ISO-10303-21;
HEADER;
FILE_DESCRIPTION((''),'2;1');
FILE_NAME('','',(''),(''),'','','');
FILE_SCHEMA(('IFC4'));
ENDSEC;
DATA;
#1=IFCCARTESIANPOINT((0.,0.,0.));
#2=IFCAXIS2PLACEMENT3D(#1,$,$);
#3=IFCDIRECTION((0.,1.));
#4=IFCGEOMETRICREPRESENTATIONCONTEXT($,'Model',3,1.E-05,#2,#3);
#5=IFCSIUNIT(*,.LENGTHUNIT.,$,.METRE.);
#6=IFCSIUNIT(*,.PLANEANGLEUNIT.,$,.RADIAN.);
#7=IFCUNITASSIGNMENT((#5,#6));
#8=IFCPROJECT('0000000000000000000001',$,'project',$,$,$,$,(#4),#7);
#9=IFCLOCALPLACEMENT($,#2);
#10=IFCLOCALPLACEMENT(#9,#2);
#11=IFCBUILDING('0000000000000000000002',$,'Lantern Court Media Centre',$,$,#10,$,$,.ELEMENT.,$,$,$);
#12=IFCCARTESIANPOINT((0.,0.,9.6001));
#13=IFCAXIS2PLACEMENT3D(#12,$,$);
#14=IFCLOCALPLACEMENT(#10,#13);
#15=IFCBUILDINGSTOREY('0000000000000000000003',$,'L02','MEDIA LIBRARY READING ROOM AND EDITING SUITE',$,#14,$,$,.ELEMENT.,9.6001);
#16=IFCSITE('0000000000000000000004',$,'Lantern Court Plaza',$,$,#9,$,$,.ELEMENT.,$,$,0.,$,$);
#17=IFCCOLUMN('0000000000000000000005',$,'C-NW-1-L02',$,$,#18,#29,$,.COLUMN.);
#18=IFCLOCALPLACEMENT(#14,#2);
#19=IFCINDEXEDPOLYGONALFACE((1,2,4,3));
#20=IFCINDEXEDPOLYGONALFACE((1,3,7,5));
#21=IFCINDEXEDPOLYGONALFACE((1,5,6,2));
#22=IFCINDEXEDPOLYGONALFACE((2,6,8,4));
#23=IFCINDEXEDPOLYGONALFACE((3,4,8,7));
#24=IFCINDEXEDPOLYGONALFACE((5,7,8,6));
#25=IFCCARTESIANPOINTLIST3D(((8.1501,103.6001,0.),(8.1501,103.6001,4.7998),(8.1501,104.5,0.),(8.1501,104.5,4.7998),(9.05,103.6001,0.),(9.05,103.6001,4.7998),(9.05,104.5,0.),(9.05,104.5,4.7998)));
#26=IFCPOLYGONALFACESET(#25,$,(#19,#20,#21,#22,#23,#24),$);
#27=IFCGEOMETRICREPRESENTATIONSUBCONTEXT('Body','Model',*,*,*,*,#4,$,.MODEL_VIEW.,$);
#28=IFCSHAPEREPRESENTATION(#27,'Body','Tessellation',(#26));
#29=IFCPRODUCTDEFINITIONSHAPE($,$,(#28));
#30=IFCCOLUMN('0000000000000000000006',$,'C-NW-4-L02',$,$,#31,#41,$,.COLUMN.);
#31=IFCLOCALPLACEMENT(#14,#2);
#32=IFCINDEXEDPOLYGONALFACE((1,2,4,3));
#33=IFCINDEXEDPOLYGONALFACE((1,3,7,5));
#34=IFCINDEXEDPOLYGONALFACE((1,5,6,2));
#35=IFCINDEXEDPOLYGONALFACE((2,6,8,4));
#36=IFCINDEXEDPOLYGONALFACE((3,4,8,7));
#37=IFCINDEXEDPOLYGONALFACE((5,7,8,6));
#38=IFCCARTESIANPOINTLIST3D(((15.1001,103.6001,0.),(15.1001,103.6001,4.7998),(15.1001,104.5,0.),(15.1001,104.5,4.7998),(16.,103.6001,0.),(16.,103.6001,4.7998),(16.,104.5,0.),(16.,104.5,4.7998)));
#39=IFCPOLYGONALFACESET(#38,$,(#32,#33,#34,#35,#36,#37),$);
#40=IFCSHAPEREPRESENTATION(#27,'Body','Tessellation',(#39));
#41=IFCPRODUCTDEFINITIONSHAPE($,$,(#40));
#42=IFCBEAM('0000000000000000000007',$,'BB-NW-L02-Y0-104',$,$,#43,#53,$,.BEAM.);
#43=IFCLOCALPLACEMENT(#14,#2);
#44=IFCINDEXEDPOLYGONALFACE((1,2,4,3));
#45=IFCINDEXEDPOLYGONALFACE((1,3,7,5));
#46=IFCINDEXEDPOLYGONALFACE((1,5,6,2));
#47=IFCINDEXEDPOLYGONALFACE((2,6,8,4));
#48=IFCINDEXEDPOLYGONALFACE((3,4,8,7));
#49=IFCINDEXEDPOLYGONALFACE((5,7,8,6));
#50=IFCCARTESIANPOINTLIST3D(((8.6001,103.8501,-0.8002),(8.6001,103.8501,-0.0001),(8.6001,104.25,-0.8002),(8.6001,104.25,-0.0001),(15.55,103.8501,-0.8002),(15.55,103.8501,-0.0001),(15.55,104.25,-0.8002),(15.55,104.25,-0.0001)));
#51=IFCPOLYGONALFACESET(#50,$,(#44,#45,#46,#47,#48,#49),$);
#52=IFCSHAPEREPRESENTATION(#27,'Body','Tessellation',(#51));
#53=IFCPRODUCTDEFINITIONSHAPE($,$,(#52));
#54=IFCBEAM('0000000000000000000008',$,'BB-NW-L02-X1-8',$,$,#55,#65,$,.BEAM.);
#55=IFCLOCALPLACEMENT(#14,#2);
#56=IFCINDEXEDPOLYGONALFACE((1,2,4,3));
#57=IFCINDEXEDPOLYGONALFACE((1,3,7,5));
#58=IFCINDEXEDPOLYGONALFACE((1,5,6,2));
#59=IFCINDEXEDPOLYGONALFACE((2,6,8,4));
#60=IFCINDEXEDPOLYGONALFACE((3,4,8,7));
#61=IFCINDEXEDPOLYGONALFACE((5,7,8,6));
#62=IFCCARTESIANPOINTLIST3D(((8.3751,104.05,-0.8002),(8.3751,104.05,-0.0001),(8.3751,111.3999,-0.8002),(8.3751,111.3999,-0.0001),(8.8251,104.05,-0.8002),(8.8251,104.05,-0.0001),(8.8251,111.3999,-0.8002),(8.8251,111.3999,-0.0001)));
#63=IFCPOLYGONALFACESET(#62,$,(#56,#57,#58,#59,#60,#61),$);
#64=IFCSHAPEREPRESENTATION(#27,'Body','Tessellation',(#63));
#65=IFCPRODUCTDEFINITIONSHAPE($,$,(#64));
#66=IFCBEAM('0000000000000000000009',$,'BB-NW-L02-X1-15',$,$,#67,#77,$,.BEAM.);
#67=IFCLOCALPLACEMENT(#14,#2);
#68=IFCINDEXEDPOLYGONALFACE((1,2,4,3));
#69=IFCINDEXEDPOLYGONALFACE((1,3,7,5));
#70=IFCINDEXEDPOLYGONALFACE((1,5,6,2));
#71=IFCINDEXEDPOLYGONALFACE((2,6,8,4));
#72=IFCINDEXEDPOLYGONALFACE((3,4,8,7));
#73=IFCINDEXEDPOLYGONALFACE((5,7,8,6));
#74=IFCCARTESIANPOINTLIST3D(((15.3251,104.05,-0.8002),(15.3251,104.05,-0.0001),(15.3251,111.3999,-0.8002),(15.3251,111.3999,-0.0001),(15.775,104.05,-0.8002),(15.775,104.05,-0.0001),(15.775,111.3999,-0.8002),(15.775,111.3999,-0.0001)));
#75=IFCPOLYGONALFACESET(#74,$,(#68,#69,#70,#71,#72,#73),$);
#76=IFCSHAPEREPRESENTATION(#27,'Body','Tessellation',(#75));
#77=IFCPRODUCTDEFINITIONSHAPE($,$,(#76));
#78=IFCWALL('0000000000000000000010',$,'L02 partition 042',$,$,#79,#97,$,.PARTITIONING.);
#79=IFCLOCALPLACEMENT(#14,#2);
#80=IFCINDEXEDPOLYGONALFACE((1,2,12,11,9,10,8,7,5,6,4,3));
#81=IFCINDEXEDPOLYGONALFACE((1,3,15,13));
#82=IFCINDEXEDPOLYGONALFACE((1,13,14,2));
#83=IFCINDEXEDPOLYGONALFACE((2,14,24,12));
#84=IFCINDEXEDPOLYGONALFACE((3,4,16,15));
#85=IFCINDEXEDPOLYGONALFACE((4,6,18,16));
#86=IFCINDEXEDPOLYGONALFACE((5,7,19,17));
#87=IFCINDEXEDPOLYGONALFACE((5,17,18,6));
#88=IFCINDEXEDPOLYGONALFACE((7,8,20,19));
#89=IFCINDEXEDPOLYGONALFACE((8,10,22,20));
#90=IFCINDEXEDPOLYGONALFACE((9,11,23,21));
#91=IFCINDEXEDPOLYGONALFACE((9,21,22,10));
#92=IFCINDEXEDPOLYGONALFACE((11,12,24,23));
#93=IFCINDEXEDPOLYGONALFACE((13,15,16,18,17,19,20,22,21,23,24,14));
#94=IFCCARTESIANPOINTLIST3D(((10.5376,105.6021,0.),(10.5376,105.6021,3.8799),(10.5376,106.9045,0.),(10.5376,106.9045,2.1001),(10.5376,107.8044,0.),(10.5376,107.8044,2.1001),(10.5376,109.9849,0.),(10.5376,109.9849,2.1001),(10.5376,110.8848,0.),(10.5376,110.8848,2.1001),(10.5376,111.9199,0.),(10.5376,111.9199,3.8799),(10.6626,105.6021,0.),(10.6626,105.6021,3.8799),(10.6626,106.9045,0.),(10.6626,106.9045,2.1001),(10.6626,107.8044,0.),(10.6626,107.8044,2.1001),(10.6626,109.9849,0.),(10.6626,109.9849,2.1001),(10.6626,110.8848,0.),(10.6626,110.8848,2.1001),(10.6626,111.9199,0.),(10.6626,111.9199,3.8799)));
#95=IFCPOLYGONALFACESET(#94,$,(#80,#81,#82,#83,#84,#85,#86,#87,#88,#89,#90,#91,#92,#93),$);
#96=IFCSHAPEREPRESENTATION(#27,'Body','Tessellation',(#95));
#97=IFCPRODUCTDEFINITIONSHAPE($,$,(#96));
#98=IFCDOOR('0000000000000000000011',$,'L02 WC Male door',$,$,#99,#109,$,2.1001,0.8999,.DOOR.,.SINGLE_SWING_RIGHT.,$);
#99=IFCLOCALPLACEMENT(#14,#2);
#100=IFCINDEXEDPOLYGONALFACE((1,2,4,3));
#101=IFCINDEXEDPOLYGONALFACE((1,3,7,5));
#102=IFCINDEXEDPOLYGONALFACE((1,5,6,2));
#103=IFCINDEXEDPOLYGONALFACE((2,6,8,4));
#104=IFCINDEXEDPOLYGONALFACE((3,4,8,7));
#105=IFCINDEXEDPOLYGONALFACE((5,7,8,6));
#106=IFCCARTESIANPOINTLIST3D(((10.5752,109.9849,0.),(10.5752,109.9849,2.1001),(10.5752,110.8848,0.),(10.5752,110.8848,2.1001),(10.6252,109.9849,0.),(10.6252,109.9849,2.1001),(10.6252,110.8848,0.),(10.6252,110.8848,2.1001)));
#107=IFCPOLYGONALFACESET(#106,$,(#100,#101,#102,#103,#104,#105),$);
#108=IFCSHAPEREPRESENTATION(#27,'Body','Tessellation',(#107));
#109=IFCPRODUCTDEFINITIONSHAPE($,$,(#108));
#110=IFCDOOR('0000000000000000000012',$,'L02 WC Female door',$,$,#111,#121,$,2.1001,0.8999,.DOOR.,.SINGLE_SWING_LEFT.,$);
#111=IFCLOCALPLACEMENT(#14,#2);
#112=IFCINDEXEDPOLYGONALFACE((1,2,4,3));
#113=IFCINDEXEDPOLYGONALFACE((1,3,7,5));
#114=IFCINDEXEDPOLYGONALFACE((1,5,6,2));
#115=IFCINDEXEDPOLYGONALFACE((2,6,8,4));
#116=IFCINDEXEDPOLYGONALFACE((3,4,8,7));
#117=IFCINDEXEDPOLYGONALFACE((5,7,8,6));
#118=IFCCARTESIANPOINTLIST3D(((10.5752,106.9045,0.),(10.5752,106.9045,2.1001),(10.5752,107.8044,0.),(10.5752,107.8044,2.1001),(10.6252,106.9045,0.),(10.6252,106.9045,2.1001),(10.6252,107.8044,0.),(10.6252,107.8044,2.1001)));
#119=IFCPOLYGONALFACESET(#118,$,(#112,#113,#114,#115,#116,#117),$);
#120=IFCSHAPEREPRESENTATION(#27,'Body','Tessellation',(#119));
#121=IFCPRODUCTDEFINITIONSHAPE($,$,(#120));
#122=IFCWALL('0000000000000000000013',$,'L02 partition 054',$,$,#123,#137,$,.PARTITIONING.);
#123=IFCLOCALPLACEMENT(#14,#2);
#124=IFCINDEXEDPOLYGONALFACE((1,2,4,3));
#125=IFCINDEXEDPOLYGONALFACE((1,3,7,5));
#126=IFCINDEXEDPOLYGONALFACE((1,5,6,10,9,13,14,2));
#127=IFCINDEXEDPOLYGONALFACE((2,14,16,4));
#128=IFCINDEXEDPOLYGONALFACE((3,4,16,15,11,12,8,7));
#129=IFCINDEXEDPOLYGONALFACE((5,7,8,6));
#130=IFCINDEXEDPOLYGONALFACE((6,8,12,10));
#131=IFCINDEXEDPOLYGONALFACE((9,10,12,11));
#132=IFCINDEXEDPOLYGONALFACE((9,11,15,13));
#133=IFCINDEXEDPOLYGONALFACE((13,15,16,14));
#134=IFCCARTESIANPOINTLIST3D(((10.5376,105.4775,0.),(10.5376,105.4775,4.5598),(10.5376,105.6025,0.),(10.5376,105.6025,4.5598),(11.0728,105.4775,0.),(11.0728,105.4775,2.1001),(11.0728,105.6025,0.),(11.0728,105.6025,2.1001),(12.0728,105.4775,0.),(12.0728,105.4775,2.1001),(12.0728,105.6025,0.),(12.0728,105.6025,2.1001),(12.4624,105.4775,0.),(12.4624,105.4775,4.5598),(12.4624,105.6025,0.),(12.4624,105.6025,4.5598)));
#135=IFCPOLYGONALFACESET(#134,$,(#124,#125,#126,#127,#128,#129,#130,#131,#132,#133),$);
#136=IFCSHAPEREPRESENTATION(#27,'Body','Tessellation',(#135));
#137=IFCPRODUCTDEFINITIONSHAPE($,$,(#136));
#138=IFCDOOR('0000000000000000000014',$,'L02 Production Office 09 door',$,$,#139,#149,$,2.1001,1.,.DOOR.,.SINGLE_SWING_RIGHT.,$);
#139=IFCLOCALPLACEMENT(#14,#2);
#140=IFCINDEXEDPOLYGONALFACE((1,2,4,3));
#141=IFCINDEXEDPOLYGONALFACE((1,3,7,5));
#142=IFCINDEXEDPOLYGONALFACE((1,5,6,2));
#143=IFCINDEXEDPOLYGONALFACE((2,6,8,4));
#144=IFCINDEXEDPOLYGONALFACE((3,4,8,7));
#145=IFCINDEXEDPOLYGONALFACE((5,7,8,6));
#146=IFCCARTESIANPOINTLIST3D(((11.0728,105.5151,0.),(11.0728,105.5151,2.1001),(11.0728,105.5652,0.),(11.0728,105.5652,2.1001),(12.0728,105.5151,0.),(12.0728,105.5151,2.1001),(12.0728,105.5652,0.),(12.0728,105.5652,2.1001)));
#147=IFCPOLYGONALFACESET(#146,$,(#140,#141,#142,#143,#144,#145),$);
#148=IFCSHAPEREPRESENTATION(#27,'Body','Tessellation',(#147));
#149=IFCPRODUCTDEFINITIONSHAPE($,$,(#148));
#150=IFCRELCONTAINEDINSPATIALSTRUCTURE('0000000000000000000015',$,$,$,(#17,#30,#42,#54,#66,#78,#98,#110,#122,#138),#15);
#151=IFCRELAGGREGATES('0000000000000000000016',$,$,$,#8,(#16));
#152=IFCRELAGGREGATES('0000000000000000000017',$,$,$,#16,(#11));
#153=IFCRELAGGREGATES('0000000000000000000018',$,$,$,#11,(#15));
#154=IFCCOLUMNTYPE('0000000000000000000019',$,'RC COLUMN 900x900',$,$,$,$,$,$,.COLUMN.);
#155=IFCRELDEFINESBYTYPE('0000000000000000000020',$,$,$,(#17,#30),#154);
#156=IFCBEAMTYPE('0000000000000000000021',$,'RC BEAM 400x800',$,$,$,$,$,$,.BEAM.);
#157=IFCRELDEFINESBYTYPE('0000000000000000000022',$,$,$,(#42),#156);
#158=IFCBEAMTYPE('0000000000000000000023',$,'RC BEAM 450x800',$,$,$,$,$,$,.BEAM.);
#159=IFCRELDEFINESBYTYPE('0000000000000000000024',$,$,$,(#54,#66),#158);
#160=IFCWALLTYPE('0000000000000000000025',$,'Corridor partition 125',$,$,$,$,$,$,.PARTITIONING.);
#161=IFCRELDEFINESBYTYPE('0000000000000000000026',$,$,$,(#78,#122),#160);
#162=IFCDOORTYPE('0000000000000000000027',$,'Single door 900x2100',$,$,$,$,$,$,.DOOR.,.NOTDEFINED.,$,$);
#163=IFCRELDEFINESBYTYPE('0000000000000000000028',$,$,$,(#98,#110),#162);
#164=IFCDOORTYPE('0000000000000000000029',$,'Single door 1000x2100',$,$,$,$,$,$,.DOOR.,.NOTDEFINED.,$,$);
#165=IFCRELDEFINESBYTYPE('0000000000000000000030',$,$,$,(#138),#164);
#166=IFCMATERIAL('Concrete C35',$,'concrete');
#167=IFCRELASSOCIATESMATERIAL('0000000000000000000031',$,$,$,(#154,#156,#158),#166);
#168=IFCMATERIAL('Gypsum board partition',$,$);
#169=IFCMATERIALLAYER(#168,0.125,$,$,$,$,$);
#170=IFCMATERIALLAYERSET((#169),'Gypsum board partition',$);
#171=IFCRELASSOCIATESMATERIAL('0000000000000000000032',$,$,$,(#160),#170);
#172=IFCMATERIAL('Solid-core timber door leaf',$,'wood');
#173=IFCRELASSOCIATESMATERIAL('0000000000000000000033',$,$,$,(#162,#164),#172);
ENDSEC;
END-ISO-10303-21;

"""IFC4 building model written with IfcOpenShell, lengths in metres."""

from ifc_helpers import new_model, si_unit, direction, frame, frame_2d, origin, origin_2d, place, context, subcontext, project, spatial, rectangle, extrude, material, layer, layer_set, material_profile, profile_set, type_object, element, fill, save


model = new_model("IFC4")

# Units and contexts
model_context = context("Model", 3, precision=1e-05, world=origin(), true_north=direction((0.0, 1.0)))
body_context = subcontext(model_context, "Body", "Model", "MODEL_VIEW")
ifc_project = project(units=[si_unit("LENGTHUNIT", "METRE"), si_unit("PLANEANGLEUNIT", "RADIAN")], contexts=[model_context])

# Site, building, storey
site_placement = place(None, origin())
site = spatial("IfcSite", under=ifc_project, at=site_placement, Name="Lantern Court Plaza", CompositionType="ELEMENT", RefElevation=0.0)
building_placement = place(site_placement, origin())
building = spatial("IfcBuilding", under=site, at=building_placement, Name="Lantern Court Media Centre", CompositionType="ELEMENT")
storey_placement = place(building_placement, frame((0.0, 0.0, 9.6001)))
storey = spatial("IfcBuildingStorey", under=building, at=storey_placement, Name="L02", Description="MEDIA LIBRARY READING ROOM AND EDITING SUITE", CompositionType="ELEMENT", Elevation=9.6001)

# Columns
ifc_material_1 = material(Name="Concrete C35", Category="concrete")
ifc_material_profile_1 = material_profile(ifc_material_1, rectangle(XDim=0.8999, YDim=0.8999, at=origin_2d()), Name="RC 900x900")
ifc_profile_set_1 = profile_set([ifc_material_profile_1], Name="Concrete C35")
column_type = type_object("IfcColumnType", Name="RC COLUMN 900x900", PredefinedType="COLUMN", material=ifc_profile_set_1)
for number, where, z_axis, x_axis, name in (
    (1, (8.6001, 104.05, 0.0), (0.0, 0.0, 1.0), (1.0, 0.0, 0.0), "C-NW-1-L02"),
    (2, (15.55, 104.05, 0.0), (0.0, 0.0, 1.0), (1.0, 0.0, 0.0), "C-NW-4-L02"),
):
    element("IfcColumn", number, at=place(storey_placement, frame(where, z_axis=z_axis, x_axis=x_axis)), inside=storey, type_object=column_type, Name=name, PredefinedType="COLUMN", context=body_context, shape_type="SweptSolid", body=[
        extrude(rectangle(XDim=0.8999, YDim=0.8999, at=origin_2d()), origin(), (0.0, 0.0, 1.0), 4.7998),
    ])

# Beams
ifc_material_profile_2 = material_profile(ifc_material_1, rectangle(XDim=0.3999, YDim=0.8, at=origin_2d()), Name="RC 400x800")
ifc_profile_set_2 = profile_set([ifc_material_profile_2], Name="Concrete C35")
beam_type_1 = type_object("IfcBeamType", Name="RC BEAM 400x800", PredefinedType="BEAM", material=ifc_profile_set_2)
beam_placement = place(storey_placement, frame((8.6001, 104.05, -0.4001), z_axis=(1.0, 0.0, 0.0), x_axis=(0.0, 1.0, 0.0)))
element("IfcBeam", 3, at=beam_placement, inside=storey, type_object=beam_type_1, Name="BB-NW-L02-Y0-104", PredefinedType="BEAM", context=body_context, shape_type="SweptSolid", body=[
    extrude(rectangle(XDim=0.3999, YDim=0.8, at=origin_2d()), origin(), (0.0, 0.0, 1.0), 6.95),
])
ifc_material_profile_3 = material_profile(ifc_material_1, rectangle(XDim=0.45, YDim=0.8, at=origin_2d()), Name="RC 450x800")
ifc_profile_set_3 = profile_set([ifc_material_profile_3], Name="Concrete C35")
beam_type_2 = type_object("IfcBeamType", Name="RC BEAM 450x800", PredefinedType="BEAM", material=ifc_profile_set_3)
for number, where, z_axis, x_axis, name in (
    (4, (8.6001, 104.05, -0.4001), (0.0, 1.0, 0.0), (-1.0, 0.0, 0.0), "BB-NW-L02-X1-8"),
    (5, (15.55, 104.05, -0.4001), (0.0, 1.0, 0.0), (-1.0, 0.0, 0.0), "BB-NW-L02-X1-15"),
):
    element("IfcBeam", number, at=place(storey_placement, frame(where, z_axis=z_axis, x_axis=x_axis)), inside=storey, type_object=beam_type_2, Name=name, PredefinedType="BEAM", context=body_context, shape_type="SweptSolid", body=[
        extrude(rectangle(XDim=0.45, YDim=0.8, at=origin_2d()), origin(), (0.0, 0.0, 1.0), 7.3499),
    ])

# Wall, openings, doors
ifc_material_2 = material(Name="Gypsum board partition")
ifc_layer_1 = layer(ifc_material_2, 0.125)
ifc_layer_set_1 = layer_set([ifc_layer_1], Name="Gypsum board partition")
wall_type_1 = type_object("IfcWallType", Name="Corridor partition 125", PredefinedType="PARTITIONING", material=ifc_layer_set_1)
wall_1_placement = place(storey_placement, frame((10.6001, 105.6021, 0.0), z_axis=(0.0, 0.0, 1.0), x_axis=(0.0, 1.0, 0.0)))
wall_1 = element("IfcWall", 6, at=wall_1_placement, inside=storey, type_object=wall_type_1, Name="L02 partition 042", PredefinedType="PARTITIONING", context=body_context, shape_type="SweptSolid", body=[
    extrude(rectangle(XDim=6.3179, YDim=0.125, at=frame_2d((3.1589, 0.0))), origin(), (0.0, 0.0, 1.0), 3.8799),
])
opening_1_placement = place(wall_1_placement, frame((4.3828, 0.0, 0.0)))
opening_1 = element("IfcOpeningElement", 7, at=opening_1_placement, cuts=wall_1, PredefinedType="OPENING", context=body_context, shape_type="SweptSolid", body=[
    extrude(rectangle(XDim=0.8999, YDim=2.1001, at=frame_2d((0.45, 1.05))), frame((0.0, 0.0725, 0.0), z_axis=(0.0, -1.0, 0.0), x_axis=(1.0, 0.0, 0.0)), (0.0, 0.0, 1.0), 0.145),
])
opening_2_placement = place(wall_1_placement, frame((1.3025, 0.0, 0.0)))
opening_2 = element("IfcOpeningElement", 8, at=opening_2_placement, cuts=wall_1, PredefinedType="OPENING", context=body_context, shape_type="SweptSolid", body=[
    extrude(rectangle(XDim=0.8999, YDim=2.1001, at=frame_2d((0.45, 1.05))), frame((0.0, 0.0725, 0.0), z_axis=(0.0, -1.0, 0.0), x_axis=(1.0, 0.0, 0.0)), (0.0, 0.0, 1.0), 0.145),
])
ifc_material_3 = material(Name="Solid-core timber door leaf", Category="wood")
door_type_1 = type_object("IfcDoorType", Name="Single door 900x2100", OperationType="NOTDEFINED", PredefinedType="DOOR", material=ifc_material_3)
door_1_placement = place(opening_1_placement, origin())
door_1 = element("IfcDoor", 9, at=door_1_placement, inside=storey, type_object=door_type_1, Name="L02 WC Male door", OperationType="SINGLE_SWING_RIGHT", OverallHeight=2.1001, OverallWidth=0.8999, PredefinedType="DOOR", context=body_context, shape_type="SweptSolid", body=[
    extrude(rectangle(XDim=0.8999, YDim=2.1001, at=frame_2d((0.45, 1.05))), frame((0.0, 0.0249, 0.0), z_axis=(0.0, -1.0, 0.0), x_axis=(1.0, 0.0, 0.0)), (0.0, 0.0, 1.0), 0.05),
])
fill(opening_1, door_1)
door_2_placement = place(opening_2_placement, origin())
door_2 = element("IfcDoor", 10, at=door_2_placement, inside=storey, type_object=door_type_1, Name="L02 WC Female door", OperationType="SINGLE_SWING_LEFT", OverallHeight=2.1001, OverallWidth=0.8999, PredefinedType="DOOR", context=body_context, shape_type="SweptSolid", body=[
    extrude(rectangle(XDim=0.8999, YDim=2.1001, at=frame_2d((0.45, 1.05))), frame((0.0, 0.0249, 0.0), z_axis=(0.0, -1.0, 0.0), x_axis=(1.0, 0.0, 0.0)), (0.0, 0.0, 1.0), 0.05),
])
fill(opening_2, door_2)

# Wall, opening, door
wall_2_placement = place(storey_placement, frame((10.5376, 105.54, 0.0), z_axis=(0.0, 0.0, 1.0), x_axis=(1.0, 0.0, 0.0)))
wall_2 = element("IfcWall", 11, at=wall_2_placement, inside=storey, type_object=wall_type_1, Name="L02 partition 054", PredefinedType="PARTITIONING", context=body_context, shape_type="SweptSolid", body=[
    extrude(rectangle(XDim=1.9248, YDim=0.125, at=frame_2d((0.9624, 0.0))), origin(), (0.0, 0.0, 1.0), 4.5598),
])
opening_3_placement = place(wall_2_placement, frame((0.5352, 0.0, 0.0)))
opening_3 = element("IfcOpeningElement", 12, at=opening_3_placement, cuts=wall_2, PredefinedType="OPENING", context=body_context, shape_type="SweptSolid", body=[
    extrude(rectangle(XDim=1.0, YDim=2.1001, at=frame_2d((0.5, 1.05))), frame((0.0, 0.0725, 0.0), z_axis=(0.0, -1.0, 0.0), x_axis=(1.0, 0.0, 0.0)), (0.0, 0.0, 1.0), 0.145),
])
door_type_2 = type_object("IfcDoorType", Name="Single door 1000x2100", OperationType="NOTDEFINED", PredefinedType="DOOR", material=ifc_material_3)
door_3_placement = place(opening_3_placement, frame((1.0, 0.0, 0.0), z_axis=(0.0, 0.0, 1.0), x_axis=(-1.0, 0.0, 0.0)))
door_3 = element("IfcDoor", 13, at=door_3_placement, inside=storey, type_object=door_type_2, Name="L02 Production Office 09 door", OperationType="SINGLE_SWING_RIGHT", OverallHeight=2.1001, OverallWidth=1.0, PredefinedType="DOOR", context=body_context, shape_type="SweptSolid", body=[
    extrude(rectangle(XDim=1.0, YDim=2.1001, at=frame_2d((0.5, 1.05))), frame((0.0, 0.0249, 0.0), z_axis=(0.0, -1.0, 0.0), x_axis=(1.0, 0.0, 0.0)), (0.0, 0.0, 1.0), 0.05),
])
fill(opening_3, door_3)

save(model, "model.ifc")
